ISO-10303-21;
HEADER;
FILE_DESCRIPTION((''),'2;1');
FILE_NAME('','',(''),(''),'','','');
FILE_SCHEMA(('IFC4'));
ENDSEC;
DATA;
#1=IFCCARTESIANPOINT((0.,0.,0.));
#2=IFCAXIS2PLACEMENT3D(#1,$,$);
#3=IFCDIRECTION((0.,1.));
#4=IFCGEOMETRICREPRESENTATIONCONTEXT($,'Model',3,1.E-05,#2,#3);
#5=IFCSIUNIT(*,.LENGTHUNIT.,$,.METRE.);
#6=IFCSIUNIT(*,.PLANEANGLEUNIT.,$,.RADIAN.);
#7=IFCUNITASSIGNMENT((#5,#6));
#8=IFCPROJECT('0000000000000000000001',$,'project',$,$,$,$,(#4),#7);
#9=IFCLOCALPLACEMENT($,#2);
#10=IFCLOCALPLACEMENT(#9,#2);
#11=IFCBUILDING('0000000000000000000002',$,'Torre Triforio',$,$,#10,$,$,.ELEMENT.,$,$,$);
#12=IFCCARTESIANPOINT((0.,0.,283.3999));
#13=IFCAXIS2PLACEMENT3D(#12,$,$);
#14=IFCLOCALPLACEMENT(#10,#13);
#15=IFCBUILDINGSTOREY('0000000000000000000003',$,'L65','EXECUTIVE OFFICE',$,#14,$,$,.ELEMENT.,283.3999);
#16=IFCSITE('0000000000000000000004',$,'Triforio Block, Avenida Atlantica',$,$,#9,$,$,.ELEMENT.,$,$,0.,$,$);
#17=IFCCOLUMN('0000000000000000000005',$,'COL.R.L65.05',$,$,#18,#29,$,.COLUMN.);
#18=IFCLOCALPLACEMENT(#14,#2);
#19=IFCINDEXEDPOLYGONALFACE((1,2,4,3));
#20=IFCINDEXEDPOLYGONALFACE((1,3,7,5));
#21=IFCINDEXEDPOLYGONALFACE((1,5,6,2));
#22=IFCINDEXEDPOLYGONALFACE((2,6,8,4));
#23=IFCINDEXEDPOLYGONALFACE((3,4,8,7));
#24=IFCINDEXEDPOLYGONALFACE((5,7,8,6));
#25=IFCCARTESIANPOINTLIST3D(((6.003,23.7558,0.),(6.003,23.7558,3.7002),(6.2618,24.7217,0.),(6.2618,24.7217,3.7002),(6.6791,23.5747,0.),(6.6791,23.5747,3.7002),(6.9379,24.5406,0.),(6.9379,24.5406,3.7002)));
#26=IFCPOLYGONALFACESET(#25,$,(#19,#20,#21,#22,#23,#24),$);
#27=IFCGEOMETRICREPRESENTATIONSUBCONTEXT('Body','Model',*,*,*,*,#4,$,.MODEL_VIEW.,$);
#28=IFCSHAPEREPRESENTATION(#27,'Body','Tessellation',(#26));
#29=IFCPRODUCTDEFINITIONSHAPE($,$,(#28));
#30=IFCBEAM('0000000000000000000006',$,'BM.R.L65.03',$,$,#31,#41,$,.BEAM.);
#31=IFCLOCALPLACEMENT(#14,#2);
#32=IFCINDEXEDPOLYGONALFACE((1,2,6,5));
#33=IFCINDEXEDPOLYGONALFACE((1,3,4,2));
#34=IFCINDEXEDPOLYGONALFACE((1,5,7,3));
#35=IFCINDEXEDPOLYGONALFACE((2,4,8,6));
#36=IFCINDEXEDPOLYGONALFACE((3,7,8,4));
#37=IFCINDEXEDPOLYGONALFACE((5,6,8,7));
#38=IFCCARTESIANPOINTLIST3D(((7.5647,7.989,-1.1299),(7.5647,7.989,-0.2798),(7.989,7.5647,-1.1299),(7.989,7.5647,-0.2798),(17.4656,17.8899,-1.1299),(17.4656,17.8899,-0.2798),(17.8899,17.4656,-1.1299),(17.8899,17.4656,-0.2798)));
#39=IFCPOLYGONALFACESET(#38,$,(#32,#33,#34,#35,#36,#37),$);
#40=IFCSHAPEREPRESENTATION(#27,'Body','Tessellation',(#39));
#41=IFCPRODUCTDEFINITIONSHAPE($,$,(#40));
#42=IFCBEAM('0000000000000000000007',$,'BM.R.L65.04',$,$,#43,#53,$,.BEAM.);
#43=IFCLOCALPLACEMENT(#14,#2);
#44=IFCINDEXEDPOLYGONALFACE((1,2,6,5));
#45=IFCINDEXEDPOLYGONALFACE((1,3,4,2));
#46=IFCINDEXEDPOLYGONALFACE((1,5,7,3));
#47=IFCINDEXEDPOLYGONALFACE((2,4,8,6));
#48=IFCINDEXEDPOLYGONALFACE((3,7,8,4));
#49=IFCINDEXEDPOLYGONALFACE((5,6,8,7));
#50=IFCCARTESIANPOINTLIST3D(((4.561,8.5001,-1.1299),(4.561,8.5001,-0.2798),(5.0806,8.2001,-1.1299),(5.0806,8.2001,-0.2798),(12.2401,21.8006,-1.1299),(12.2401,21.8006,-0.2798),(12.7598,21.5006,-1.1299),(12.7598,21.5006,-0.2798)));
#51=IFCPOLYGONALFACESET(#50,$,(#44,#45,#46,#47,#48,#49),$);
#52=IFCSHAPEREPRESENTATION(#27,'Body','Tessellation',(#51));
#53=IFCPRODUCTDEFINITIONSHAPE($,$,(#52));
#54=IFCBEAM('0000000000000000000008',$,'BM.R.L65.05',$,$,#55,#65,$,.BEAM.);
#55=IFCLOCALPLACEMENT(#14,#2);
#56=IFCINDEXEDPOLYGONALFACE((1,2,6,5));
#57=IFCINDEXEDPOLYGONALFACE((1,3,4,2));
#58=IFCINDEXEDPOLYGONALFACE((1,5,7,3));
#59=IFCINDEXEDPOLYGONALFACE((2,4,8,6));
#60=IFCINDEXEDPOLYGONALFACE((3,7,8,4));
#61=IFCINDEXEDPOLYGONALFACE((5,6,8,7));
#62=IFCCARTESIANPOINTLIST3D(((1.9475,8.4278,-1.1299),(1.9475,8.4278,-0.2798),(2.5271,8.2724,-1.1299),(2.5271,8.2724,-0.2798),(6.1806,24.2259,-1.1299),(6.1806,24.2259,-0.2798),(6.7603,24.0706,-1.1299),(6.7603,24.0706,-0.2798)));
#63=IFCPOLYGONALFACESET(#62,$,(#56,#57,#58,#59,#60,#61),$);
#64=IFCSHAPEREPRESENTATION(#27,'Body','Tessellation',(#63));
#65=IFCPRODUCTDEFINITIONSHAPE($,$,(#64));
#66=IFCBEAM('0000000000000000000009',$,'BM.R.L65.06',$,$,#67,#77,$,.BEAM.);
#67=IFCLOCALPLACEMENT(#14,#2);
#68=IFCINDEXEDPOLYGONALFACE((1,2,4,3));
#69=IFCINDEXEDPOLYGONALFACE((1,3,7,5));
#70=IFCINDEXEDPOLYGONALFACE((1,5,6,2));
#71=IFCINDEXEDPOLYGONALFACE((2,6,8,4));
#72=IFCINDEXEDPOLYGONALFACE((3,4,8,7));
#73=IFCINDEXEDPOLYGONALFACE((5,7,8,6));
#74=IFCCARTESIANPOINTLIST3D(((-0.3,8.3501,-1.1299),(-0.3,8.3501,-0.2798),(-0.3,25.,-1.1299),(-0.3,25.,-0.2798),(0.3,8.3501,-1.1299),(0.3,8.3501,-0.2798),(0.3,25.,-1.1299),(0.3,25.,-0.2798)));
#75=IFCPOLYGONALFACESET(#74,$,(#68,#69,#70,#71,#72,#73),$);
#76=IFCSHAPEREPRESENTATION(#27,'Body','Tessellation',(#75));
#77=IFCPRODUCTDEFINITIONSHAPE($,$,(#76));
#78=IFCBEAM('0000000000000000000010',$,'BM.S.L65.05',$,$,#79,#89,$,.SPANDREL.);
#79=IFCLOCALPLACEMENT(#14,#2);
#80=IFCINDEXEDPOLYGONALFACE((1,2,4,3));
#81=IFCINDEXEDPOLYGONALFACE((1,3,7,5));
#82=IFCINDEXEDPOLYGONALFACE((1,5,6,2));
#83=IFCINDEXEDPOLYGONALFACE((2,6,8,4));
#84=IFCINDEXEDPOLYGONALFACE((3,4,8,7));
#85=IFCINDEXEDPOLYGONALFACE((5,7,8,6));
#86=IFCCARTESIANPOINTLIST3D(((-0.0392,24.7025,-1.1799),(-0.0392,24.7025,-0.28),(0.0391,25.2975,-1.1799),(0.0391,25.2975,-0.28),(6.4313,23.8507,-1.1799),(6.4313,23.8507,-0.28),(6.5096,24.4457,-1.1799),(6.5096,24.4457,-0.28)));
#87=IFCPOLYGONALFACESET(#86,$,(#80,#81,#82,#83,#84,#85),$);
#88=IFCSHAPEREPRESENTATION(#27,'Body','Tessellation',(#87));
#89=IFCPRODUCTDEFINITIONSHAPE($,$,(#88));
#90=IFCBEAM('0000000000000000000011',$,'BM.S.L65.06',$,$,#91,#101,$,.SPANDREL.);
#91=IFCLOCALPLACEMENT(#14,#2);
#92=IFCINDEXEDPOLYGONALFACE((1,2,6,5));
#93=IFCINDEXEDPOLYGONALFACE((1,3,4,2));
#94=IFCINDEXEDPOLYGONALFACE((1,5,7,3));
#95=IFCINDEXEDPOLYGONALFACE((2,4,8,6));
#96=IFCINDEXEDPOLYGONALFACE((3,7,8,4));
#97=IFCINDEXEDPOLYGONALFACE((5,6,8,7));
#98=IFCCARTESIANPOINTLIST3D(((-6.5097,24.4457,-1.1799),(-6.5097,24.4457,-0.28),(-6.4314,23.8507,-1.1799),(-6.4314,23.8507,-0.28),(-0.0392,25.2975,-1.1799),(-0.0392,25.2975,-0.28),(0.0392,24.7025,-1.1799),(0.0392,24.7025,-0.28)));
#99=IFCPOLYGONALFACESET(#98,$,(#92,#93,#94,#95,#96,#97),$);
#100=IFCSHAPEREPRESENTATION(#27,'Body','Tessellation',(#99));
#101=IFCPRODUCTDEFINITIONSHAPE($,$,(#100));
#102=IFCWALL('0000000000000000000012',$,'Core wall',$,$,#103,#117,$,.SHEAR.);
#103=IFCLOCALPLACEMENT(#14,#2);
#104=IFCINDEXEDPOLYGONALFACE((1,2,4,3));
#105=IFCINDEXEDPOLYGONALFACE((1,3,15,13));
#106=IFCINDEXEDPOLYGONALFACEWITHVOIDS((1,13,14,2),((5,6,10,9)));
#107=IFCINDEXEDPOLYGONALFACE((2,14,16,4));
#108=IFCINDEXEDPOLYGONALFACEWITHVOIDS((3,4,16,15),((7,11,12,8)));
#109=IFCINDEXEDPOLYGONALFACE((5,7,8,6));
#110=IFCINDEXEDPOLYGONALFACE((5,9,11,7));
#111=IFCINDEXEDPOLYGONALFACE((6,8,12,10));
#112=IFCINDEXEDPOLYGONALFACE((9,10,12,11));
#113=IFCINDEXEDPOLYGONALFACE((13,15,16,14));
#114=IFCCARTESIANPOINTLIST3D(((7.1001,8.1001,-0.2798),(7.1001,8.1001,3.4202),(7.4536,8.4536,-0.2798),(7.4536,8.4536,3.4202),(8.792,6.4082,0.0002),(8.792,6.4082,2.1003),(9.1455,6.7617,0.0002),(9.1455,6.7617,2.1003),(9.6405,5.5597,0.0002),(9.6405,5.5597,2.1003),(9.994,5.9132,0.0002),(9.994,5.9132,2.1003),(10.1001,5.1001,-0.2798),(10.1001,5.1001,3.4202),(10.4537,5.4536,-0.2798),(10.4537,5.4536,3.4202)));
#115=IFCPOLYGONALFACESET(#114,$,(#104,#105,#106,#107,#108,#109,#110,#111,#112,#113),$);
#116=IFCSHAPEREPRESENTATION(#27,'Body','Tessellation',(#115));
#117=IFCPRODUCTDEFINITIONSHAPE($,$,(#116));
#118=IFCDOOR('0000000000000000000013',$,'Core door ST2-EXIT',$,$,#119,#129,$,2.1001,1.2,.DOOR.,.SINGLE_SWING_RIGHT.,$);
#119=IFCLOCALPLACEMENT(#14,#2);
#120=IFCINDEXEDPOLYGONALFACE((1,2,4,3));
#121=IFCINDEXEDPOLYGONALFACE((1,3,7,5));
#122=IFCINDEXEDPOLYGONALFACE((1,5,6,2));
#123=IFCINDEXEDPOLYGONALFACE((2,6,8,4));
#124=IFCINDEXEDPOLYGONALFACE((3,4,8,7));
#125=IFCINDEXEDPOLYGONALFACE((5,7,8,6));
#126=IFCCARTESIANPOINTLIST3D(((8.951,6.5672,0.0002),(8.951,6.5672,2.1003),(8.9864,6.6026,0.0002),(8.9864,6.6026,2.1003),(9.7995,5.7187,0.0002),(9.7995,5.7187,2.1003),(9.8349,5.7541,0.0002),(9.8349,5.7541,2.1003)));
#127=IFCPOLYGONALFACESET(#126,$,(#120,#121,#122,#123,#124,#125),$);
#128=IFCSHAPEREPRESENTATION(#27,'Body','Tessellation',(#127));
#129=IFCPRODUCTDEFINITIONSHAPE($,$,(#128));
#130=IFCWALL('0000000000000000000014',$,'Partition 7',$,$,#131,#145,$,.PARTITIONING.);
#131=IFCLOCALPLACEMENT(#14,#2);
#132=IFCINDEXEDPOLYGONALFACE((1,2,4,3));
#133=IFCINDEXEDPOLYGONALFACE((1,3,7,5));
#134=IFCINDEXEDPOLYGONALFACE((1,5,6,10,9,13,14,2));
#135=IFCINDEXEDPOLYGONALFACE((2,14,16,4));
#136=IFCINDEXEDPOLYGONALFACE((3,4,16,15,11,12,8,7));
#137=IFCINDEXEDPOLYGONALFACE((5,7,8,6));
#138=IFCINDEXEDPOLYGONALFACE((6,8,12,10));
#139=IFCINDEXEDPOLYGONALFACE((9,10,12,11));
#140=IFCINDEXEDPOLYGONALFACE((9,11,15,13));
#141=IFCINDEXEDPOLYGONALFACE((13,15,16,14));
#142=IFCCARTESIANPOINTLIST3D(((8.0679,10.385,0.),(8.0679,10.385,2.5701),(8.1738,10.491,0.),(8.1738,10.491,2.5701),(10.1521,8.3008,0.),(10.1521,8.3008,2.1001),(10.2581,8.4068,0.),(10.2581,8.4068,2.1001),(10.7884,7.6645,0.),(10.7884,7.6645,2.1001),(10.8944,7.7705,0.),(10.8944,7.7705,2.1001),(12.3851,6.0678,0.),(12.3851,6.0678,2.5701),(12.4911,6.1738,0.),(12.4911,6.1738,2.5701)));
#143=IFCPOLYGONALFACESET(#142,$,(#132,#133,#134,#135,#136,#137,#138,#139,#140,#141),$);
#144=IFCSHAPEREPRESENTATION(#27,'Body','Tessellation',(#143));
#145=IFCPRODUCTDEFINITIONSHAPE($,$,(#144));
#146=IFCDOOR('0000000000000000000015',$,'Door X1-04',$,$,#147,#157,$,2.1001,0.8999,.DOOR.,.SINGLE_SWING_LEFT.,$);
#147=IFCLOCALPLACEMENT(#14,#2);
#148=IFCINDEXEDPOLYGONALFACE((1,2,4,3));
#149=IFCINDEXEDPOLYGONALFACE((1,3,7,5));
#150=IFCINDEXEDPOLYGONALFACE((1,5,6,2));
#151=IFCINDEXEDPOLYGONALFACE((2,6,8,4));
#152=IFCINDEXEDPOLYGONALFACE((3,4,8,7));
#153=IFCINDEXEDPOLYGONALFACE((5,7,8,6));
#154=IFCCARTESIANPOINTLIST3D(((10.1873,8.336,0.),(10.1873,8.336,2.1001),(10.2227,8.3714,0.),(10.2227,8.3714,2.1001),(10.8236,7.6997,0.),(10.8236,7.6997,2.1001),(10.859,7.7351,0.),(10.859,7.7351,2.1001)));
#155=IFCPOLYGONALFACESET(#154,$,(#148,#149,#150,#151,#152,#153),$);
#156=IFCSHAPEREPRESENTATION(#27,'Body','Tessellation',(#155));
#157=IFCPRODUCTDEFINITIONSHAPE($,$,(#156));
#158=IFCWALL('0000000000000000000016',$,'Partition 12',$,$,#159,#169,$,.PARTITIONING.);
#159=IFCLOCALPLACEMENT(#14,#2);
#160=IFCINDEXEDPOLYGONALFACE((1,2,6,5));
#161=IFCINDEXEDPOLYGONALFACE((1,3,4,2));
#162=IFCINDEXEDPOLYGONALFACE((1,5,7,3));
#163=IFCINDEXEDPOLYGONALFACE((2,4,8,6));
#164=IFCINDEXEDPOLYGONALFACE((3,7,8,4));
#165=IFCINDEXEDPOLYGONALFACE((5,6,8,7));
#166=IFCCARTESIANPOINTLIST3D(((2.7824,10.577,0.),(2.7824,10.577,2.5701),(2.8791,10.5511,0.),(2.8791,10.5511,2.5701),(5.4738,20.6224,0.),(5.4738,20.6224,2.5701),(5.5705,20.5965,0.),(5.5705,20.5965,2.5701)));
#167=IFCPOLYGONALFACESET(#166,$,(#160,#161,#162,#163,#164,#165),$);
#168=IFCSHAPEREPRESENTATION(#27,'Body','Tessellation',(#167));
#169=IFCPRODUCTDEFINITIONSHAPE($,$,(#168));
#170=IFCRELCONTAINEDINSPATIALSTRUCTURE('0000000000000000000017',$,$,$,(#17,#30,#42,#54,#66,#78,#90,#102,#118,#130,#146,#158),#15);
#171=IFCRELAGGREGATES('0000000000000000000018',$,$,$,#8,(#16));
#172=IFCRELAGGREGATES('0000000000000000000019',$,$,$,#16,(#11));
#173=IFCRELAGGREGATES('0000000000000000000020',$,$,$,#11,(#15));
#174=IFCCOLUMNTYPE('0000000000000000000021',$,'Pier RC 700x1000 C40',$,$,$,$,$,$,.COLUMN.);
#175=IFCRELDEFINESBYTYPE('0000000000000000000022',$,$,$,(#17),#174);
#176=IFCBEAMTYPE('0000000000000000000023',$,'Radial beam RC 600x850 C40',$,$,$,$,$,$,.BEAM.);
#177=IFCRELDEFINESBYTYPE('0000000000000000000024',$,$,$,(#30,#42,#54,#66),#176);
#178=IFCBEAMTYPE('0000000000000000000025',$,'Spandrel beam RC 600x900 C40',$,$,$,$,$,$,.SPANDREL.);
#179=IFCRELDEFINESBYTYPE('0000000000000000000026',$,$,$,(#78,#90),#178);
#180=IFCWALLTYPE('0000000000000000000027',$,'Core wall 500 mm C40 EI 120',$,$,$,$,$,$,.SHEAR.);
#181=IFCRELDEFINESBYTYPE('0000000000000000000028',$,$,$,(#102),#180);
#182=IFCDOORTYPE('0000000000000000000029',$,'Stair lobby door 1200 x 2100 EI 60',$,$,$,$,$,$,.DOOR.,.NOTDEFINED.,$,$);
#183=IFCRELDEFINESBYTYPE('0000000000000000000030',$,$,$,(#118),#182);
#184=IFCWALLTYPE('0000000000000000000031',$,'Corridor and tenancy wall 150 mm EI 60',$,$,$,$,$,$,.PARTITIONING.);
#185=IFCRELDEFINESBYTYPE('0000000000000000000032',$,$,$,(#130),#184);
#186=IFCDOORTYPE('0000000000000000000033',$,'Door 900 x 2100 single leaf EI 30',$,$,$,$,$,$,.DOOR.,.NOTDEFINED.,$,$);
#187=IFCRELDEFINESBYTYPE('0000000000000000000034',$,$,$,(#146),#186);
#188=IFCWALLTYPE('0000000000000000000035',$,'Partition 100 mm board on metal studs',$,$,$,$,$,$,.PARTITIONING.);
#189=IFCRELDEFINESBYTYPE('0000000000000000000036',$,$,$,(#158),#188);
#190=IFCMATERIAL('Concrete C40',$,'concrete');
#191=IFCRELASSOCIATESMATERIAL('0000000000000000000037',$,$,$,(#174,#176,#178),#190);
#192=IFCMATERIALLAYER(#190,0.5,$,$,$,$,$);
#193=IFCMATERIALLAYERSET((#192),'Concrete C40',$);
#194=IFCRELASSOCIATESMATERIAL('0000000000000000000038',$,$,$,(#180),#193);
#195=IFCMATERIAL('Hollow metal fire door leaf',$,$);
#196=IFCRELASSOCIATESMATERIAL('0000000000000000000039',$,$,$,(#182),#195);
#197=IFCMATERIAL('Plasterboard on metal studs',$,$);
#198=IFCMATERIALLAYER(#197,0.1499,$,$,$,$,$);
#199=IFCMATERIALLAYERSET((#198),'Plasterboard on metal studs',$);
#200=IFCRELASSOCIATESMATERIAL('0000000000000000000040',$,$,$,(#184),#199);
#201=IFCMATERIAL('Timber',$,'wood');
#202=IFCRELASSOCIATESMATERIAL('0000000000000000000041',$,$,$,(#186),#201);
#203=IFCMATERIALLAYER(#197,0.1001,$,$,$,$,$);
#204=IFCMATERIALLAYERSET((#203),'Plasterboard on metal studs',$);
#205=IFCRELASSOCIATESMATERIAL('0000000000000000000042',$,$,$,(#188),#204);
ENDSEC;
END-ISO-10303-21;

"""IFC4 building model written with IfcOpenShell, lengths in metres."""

from ifc_helpers import new_model, si_unit, direction, frame, frame_2d, origin, origin_2d, place, context, subcontext, project, spatial, rectangle, extrude, material, layer, layer_set, material_profile, profile_set, type_object, element, fill, save


model = new_model("IFC4")

# Units and contexts
model_context = context("Model", 3, precision=1e-05, world=origin(), true_north=direction((0.0, 1.0)))
body_context = subcontext(model_context, "Body", "Model", "MODEL_VIEW")
ifc_project = project(units=[si_unit("LENGTHUNIT", "METRE"), si_unit("PLANEANGLEUNIT", "RADIAN")], contexts=[model_context])

# Site, building, storey
site_placement = place(None, origin())
site = spatial("IfcSite", under=ifc_project, at=site_placement, Name="Triforio Block, Avenida Atlantica", CompositionType="ELEMENT", RefElevation=0.0)
building_placement = place(site_placement, origin())
building = spatial("IfcBuilding", under=site, at=building_placement, Name="Torre Triforio", CompositionType="ELEMENT")
storey_placement = place(building_placement, frame((0.0, 0.0, 283.3999)))
storey = spatial("IfcBuildingStorey", under=building, at=storey_placement, Name="L65", Description="EXECUTIVE OFFICE", CompositionType="ELEMENT", Elevation=283.3999)

# Column
ifc_material_1 = material(Name="Concrete C40", Category="concrete")
ifc_material_profile_1 = material_profile(ifc_material_1, rectangle(XDim=0.7, YDim=1.0, at=origin_2d()), Name="RC 700x1000")
ifc_profile_set_1 = profile_set([ifc_material_profile_1], Name="Concrete C40")
column_type = type_object("IfcColumnType", Name="Pier RC 700x1000 C40", PredefinedType="COLUMN", material=ifc_profile_set_1)
column_placement = place(storey_placement, frame((6.4705, 24.1482, 0.0), z_axis=(0.0, 0.0, 1.0), x_axis=(-0.965926, 0.258819, 0.0)))
element("IfcColumn", 1, at=column_placement, inside=storey, type_object=column_type, Name="COL.R.L65.05", PredefinedType="COLUMN", context=body_context, shape_type="SweptSolid", body=[
    extrude(rectangle(XDim=0.7, YDim=1.0, at=origin_2d()), origin(), (0.0, 0.0, 1.0), 3.7002),
])

# Beams
ifc_material_profile_2 = material_profile(ifc_material_1, rectangle(XDim=0.6001, YDim=0.8501, at=origin_2d()), Name="RC 600x850")
ifc_profile_set_2 = profile_set([ifc_material_profile_2], Name="Concrete C40")
beam_type_1 = type_object("IfcBeamType", Name="Radial beam RC 600x850 C40", PredefinedType="BEAM", material=ifc_profile_set_2)
beam_1_placement = place(storey_placement, frame((7.7769, 7.7769, -0.7048), z_axis=(0.707107, 0.707107, 0.0), x_axis=(-0.707107, 0.707107, 0.0)))
element("IfcBeam", 2, at=beam_1_placement, inside=storey, type_object=beam_type_1, Name="BM.R.L65.03", PredefinedType="BEAM", context=body_context, shape_type="SweptSolid", body=[
    extrude(rectangle(XDim=0.6001, YDim=0.8501, at=origin_2d()), origin(), (0.0, 0.0, 1.0), 14.002),
])
beam_2_placement = place(storey_placement, frame((4.8208, 8.3501, -0.7048), z_axis=(0.500006, 0.866022, 0.0), x_axis=(-0.866022, 0.500006, 0.0)))
element("IfcBeam", 3, at=beam_2_placement, inside=storey, type_object=beam_type_1, Name="BM.R.L65.04", PredefinedType="BEAM", context=body_context, shape_type="SweptSolid", body=[
    extrude(rectangle(XDim=0.6001, YDim=0.8501, at=origin_2d()), origin(), (0.0, 0.0, 1.0), 15.3582),
])
beam_3_placement = place(storey_placement, frame((2.2373, 8.3501, -0.7048), z_axis=(0.258823, 0.965925, 0.0), x_axis=(-0.965925, 0.258823, 0.0)))
element("IfcBeam", 4, at=beam_3_placement, inside=storey, type_object=beam_type_1, Name="BM.R.L65.05", PredefinedType="BEAM", context=body_context, shape_type="SweptSolid", body=[
    extrude(rectangle(XDim=0.6001, YDim=0.8501, at=origin_2d()), origin(), (0.0, 0.0, 1.0), 16.3555),
])
beam_4_placement = place(storey_placement, frame((0.0, 8.3501, -0.7048), z_axis=(0.0, 1.0, 0.0), x_axis=(-1.0, 0.0, 0.0)))
element("IfcBeam", 5, at=beam_4_placement, inside=storey, type_object=beam_type_1, Name="BM.R.L65.06", PredefinedType="BEAM", context=body_context, shape_type="SweptSolid", body=[
    extrude(rectangle(XDim=0.6001, YDim=0.8501, at=origin_2d()), origin(), (0.0, 0.0, 1.0), 16.6499),
])
ifc_material_profile_3 = material_profile(ifc_material_1, rectangle(XDim=0.6001, YDim=0.8999, at=origin_2d()), Name="RC 600x900")
ifc_profile_set_3 = profile_set([ifc_material_profile_3], Name="Concrete C40")
beam_type_2 = type_object("IfcBeamType", Name="Spandrel beam RC 600x900 C40", PredefinedType="SPANDREL", material=ifc_profile_set_3)
for number, where, z_axis, x_axis, name in (
    (6, (6.4705, 24.1482, -0.73), (-0.991446, 0.130519, 0.0), (-0.130519, -0.991446, 0.0), "BM.S.L65.05"),
    (7, (0.0, 25.0, -0.73), (-0.991446, -0.130519, 0.0), (0.130519, -0.991446, 0.0), "BM.S.L65.06"),
):
    element("IfcBeam", number, at=place(storey_placement, frame(where, z_axis=z_axis, x_axis=x_axis)), inside=storey, type_object=beam_type_2, Name=name, PredefinedType="SPANDREL", context=body_context, shape_type="SweptSolid", body=[
        extrude(rectangle(XDim=0.6001, YDim=0.8999, at=origin_2d()), origin(), (0.0, 0.0, 1.0), 6.5264),
    ])

# Walls, openings, doors
ifc_layer_1 = layer(ifc_material_1, 0.5)
ifc_layer_set_1 = layer_set([ifc_layer_1], Name="Concrete C40")
wall_type_1 = type_object("IfcWallType", Name="Core wall 500 mm C40 EI 120", PredefinedType="SHEAR", material=ifc_layer_set_1)
wall_1_placement = place(storey_placement, frame((7.2769, 8.2769, -0.2798), z_axis=(0.0, 0.0, 1.0), x_axis=(0.707107, -0.707107, 0.0)))
wall_1 = element("IfcWall", 8, at=wall_1_placement, inside=storey, type_object=wall_type_1, Name="Core wall", PredefinedType="SHEAR", context=body_context, shape_type="SweptSolid", body=[
    extrude(rectangle(XDim=4.2427, YDim=0.5, at=frame_2d((2.1213, 0.0))), origin(), (0.0, 0.0, 1.0), 3.7),
])
opening_1_placement = place(wall_1_placement, frame((2.3926, 0.0, 0.28)))
opening_1 = element("IfcOpeningElement", 9, at=opening_1_placement, cuts=wall_1, PredefinedType="OPENING", context=body_context, shape_type="SweptSolid", body=[
    extrude(rectangle(XDim=1.2, YDim=2.1001, at=frame_2d((0.6001, 1.05))), frame((0.0, 0.26, 0.0), z_axis=(0.0, -1.0, 0.0), x_axis=(1.0, 0.0, 0.0)), (0.0, 0.0, 1.0), 0.52),
])
ifc_material_2 = material(Name="Hollow metal fire door leaf")
door_type_1 = type_object("IfcDoorType", Name="Stair lobby door 1200 x 2100 EI 60", OperationType="NOTDEFINED", PredefinedType="DOOR", material=ifc_material_2)
door_1_placement = place(opening_1_placement, origin())
door_1 = element("IfcDoor", 10, at=door_1_placement, inside=storey, type_object=door_type_1, Name="Core door ST2-EXIT", OperationType="SINGLE_SWING_RIGHT", OverallHeight=2.1001, OverallWidth=1.2, PredefinedType="DOOR", context=body_context, shape_type="SweptSolid", body=[
    extrude(rectangle(XDim=1.2, YDim=2.1001, at=frame_2d((0.6001, 1.05))), frame((0.0, 0.0249, 0.0), z_axis=(0.0, -1.0, 0.0), x_axis=(1.0, 0.0, 0.0)), (0.0, 0.0, 1.0), 0.05),
])
fill(opening_1, door_1)
ifc_material_3 = material(Name="Plasterboard on metal studs")
ifc_layer_2 = layer(ifc_material_3, 0.1499)
ifc_layer_set_2 = layer_set([ifc_layer_2], Name="Plasterboard on metal studs")
wall_type_2 = type_object("IfcWallType", Name="Corridor and tenancy wall 150 mm EI 60", PredefinedType="PARTITIONING", material=ifc_layer_set_2)
wall_2_placement = place(storey_placement, frame((8.1208, 10.438, 0.0), z_axis=(0.0, 0.0, 1.0), x_axis=(0.707107, -0.707107, 0.0)))
wall_2 = element("IfcWall", 11, at=wall_2_placement, inside=storey, type_object=wall_type_2, Name="Partition 7", PredefinedType="PARTITIONING", context=body_context, shape_type="SweptSolid", body=[
    extrude(rectangle(XDim=6.1055, YDim=0.1499, at=frame_2d((3.0527, 0.0))), origin(), (0.0, 0.0, 1.0), 2.5701),
])
opening_2_placement = place(wall_2_placement, frame((2.9475, 0.0, 0.0)))
opening_2 = element("IfcOpeningElement", 12, at=opening_2_placement, cuts=wall_2, PredefinedType="OPENING", context=body_context, shape_type="SweptSolid", body=[
    extrude(rectangle(XDim=0.8999, YDim=2.1001, at=frame_2d((0.45, 1.05))), frame((0.0, 0.085, 0.0), z_axis=(0.0, -1.0, 0.0), x_axis=(1.0, 0.0, 0.0)), (0.0, 0.0, 1.0), 0.1699),
])
ifc_material_4 = material(Name="Timber", Category="wood")
door_type_2 = type_object("IfcDoorType", Name="Door 900 x 2100 single leaf EI 30", OperationType="NOTDEFINED", PredefinedType="DOOR", material=ifc_material_4)
door_2_placement = place(opening_2_placement, origin())
door_2 = element("IfcDoor", 13, at=door_2_placement, inside=storey, type_object=door_type_2, Name="Door X1-04", OperationType="SINGLE_SWING_LEFT", OverallHeight=2.1001, OverallWidth=0.8999, PredefinedType="DOOR", context=body_context, shape_type="SweptSolid", body=[
    extrude(rectangle(XDim=0.8999, YDim=2.1001, at=frame_2d((0.45, 1.05))), frame((0.0, 0.0249, 0.0), z_axis=(0.0, -1.0, 0.0), x_axis=(1.0, 0.0, 0.0)), (0.0, 0.0, 1.0), 0.05),
])
fill(opening_2, door_2)

# Wall
ifc_layer_3 = layer(ifc_material_3, 0.1001)
ifc_layer_set_3 = layer_set([ifc_layer_3], Name="Plasterboard on metal studs")
wall_type_3 = type_object("IfcWallType", Name="Partition 100 mm board on metal studs", PredefinedType="PARTITIONING", material=ifc_layer_set_3)
wall_3_placement = place(storey_placement, frame((2.8308, 10.5642, 0.0), z_axis=(0.0, 0.0, 1.0), x_axis=(0.258796, 0.965932, 0.0)))
element("IfcWall", 14, at=wall_3_placement, inside=storey, type_object=wall_type_3, Name="Partition 12", PredefinedType="PARTITIONING", context=body_context, shape_type="SweptSolid", body=[
    extrude(rectangle(XDim=10.3997, YDim=0.1001, at=frame_2d((5.1997, 0.0))), origin(), (0.0, 0.0, 1.0), 2.5701),
])

save(model, "model.ifc")
